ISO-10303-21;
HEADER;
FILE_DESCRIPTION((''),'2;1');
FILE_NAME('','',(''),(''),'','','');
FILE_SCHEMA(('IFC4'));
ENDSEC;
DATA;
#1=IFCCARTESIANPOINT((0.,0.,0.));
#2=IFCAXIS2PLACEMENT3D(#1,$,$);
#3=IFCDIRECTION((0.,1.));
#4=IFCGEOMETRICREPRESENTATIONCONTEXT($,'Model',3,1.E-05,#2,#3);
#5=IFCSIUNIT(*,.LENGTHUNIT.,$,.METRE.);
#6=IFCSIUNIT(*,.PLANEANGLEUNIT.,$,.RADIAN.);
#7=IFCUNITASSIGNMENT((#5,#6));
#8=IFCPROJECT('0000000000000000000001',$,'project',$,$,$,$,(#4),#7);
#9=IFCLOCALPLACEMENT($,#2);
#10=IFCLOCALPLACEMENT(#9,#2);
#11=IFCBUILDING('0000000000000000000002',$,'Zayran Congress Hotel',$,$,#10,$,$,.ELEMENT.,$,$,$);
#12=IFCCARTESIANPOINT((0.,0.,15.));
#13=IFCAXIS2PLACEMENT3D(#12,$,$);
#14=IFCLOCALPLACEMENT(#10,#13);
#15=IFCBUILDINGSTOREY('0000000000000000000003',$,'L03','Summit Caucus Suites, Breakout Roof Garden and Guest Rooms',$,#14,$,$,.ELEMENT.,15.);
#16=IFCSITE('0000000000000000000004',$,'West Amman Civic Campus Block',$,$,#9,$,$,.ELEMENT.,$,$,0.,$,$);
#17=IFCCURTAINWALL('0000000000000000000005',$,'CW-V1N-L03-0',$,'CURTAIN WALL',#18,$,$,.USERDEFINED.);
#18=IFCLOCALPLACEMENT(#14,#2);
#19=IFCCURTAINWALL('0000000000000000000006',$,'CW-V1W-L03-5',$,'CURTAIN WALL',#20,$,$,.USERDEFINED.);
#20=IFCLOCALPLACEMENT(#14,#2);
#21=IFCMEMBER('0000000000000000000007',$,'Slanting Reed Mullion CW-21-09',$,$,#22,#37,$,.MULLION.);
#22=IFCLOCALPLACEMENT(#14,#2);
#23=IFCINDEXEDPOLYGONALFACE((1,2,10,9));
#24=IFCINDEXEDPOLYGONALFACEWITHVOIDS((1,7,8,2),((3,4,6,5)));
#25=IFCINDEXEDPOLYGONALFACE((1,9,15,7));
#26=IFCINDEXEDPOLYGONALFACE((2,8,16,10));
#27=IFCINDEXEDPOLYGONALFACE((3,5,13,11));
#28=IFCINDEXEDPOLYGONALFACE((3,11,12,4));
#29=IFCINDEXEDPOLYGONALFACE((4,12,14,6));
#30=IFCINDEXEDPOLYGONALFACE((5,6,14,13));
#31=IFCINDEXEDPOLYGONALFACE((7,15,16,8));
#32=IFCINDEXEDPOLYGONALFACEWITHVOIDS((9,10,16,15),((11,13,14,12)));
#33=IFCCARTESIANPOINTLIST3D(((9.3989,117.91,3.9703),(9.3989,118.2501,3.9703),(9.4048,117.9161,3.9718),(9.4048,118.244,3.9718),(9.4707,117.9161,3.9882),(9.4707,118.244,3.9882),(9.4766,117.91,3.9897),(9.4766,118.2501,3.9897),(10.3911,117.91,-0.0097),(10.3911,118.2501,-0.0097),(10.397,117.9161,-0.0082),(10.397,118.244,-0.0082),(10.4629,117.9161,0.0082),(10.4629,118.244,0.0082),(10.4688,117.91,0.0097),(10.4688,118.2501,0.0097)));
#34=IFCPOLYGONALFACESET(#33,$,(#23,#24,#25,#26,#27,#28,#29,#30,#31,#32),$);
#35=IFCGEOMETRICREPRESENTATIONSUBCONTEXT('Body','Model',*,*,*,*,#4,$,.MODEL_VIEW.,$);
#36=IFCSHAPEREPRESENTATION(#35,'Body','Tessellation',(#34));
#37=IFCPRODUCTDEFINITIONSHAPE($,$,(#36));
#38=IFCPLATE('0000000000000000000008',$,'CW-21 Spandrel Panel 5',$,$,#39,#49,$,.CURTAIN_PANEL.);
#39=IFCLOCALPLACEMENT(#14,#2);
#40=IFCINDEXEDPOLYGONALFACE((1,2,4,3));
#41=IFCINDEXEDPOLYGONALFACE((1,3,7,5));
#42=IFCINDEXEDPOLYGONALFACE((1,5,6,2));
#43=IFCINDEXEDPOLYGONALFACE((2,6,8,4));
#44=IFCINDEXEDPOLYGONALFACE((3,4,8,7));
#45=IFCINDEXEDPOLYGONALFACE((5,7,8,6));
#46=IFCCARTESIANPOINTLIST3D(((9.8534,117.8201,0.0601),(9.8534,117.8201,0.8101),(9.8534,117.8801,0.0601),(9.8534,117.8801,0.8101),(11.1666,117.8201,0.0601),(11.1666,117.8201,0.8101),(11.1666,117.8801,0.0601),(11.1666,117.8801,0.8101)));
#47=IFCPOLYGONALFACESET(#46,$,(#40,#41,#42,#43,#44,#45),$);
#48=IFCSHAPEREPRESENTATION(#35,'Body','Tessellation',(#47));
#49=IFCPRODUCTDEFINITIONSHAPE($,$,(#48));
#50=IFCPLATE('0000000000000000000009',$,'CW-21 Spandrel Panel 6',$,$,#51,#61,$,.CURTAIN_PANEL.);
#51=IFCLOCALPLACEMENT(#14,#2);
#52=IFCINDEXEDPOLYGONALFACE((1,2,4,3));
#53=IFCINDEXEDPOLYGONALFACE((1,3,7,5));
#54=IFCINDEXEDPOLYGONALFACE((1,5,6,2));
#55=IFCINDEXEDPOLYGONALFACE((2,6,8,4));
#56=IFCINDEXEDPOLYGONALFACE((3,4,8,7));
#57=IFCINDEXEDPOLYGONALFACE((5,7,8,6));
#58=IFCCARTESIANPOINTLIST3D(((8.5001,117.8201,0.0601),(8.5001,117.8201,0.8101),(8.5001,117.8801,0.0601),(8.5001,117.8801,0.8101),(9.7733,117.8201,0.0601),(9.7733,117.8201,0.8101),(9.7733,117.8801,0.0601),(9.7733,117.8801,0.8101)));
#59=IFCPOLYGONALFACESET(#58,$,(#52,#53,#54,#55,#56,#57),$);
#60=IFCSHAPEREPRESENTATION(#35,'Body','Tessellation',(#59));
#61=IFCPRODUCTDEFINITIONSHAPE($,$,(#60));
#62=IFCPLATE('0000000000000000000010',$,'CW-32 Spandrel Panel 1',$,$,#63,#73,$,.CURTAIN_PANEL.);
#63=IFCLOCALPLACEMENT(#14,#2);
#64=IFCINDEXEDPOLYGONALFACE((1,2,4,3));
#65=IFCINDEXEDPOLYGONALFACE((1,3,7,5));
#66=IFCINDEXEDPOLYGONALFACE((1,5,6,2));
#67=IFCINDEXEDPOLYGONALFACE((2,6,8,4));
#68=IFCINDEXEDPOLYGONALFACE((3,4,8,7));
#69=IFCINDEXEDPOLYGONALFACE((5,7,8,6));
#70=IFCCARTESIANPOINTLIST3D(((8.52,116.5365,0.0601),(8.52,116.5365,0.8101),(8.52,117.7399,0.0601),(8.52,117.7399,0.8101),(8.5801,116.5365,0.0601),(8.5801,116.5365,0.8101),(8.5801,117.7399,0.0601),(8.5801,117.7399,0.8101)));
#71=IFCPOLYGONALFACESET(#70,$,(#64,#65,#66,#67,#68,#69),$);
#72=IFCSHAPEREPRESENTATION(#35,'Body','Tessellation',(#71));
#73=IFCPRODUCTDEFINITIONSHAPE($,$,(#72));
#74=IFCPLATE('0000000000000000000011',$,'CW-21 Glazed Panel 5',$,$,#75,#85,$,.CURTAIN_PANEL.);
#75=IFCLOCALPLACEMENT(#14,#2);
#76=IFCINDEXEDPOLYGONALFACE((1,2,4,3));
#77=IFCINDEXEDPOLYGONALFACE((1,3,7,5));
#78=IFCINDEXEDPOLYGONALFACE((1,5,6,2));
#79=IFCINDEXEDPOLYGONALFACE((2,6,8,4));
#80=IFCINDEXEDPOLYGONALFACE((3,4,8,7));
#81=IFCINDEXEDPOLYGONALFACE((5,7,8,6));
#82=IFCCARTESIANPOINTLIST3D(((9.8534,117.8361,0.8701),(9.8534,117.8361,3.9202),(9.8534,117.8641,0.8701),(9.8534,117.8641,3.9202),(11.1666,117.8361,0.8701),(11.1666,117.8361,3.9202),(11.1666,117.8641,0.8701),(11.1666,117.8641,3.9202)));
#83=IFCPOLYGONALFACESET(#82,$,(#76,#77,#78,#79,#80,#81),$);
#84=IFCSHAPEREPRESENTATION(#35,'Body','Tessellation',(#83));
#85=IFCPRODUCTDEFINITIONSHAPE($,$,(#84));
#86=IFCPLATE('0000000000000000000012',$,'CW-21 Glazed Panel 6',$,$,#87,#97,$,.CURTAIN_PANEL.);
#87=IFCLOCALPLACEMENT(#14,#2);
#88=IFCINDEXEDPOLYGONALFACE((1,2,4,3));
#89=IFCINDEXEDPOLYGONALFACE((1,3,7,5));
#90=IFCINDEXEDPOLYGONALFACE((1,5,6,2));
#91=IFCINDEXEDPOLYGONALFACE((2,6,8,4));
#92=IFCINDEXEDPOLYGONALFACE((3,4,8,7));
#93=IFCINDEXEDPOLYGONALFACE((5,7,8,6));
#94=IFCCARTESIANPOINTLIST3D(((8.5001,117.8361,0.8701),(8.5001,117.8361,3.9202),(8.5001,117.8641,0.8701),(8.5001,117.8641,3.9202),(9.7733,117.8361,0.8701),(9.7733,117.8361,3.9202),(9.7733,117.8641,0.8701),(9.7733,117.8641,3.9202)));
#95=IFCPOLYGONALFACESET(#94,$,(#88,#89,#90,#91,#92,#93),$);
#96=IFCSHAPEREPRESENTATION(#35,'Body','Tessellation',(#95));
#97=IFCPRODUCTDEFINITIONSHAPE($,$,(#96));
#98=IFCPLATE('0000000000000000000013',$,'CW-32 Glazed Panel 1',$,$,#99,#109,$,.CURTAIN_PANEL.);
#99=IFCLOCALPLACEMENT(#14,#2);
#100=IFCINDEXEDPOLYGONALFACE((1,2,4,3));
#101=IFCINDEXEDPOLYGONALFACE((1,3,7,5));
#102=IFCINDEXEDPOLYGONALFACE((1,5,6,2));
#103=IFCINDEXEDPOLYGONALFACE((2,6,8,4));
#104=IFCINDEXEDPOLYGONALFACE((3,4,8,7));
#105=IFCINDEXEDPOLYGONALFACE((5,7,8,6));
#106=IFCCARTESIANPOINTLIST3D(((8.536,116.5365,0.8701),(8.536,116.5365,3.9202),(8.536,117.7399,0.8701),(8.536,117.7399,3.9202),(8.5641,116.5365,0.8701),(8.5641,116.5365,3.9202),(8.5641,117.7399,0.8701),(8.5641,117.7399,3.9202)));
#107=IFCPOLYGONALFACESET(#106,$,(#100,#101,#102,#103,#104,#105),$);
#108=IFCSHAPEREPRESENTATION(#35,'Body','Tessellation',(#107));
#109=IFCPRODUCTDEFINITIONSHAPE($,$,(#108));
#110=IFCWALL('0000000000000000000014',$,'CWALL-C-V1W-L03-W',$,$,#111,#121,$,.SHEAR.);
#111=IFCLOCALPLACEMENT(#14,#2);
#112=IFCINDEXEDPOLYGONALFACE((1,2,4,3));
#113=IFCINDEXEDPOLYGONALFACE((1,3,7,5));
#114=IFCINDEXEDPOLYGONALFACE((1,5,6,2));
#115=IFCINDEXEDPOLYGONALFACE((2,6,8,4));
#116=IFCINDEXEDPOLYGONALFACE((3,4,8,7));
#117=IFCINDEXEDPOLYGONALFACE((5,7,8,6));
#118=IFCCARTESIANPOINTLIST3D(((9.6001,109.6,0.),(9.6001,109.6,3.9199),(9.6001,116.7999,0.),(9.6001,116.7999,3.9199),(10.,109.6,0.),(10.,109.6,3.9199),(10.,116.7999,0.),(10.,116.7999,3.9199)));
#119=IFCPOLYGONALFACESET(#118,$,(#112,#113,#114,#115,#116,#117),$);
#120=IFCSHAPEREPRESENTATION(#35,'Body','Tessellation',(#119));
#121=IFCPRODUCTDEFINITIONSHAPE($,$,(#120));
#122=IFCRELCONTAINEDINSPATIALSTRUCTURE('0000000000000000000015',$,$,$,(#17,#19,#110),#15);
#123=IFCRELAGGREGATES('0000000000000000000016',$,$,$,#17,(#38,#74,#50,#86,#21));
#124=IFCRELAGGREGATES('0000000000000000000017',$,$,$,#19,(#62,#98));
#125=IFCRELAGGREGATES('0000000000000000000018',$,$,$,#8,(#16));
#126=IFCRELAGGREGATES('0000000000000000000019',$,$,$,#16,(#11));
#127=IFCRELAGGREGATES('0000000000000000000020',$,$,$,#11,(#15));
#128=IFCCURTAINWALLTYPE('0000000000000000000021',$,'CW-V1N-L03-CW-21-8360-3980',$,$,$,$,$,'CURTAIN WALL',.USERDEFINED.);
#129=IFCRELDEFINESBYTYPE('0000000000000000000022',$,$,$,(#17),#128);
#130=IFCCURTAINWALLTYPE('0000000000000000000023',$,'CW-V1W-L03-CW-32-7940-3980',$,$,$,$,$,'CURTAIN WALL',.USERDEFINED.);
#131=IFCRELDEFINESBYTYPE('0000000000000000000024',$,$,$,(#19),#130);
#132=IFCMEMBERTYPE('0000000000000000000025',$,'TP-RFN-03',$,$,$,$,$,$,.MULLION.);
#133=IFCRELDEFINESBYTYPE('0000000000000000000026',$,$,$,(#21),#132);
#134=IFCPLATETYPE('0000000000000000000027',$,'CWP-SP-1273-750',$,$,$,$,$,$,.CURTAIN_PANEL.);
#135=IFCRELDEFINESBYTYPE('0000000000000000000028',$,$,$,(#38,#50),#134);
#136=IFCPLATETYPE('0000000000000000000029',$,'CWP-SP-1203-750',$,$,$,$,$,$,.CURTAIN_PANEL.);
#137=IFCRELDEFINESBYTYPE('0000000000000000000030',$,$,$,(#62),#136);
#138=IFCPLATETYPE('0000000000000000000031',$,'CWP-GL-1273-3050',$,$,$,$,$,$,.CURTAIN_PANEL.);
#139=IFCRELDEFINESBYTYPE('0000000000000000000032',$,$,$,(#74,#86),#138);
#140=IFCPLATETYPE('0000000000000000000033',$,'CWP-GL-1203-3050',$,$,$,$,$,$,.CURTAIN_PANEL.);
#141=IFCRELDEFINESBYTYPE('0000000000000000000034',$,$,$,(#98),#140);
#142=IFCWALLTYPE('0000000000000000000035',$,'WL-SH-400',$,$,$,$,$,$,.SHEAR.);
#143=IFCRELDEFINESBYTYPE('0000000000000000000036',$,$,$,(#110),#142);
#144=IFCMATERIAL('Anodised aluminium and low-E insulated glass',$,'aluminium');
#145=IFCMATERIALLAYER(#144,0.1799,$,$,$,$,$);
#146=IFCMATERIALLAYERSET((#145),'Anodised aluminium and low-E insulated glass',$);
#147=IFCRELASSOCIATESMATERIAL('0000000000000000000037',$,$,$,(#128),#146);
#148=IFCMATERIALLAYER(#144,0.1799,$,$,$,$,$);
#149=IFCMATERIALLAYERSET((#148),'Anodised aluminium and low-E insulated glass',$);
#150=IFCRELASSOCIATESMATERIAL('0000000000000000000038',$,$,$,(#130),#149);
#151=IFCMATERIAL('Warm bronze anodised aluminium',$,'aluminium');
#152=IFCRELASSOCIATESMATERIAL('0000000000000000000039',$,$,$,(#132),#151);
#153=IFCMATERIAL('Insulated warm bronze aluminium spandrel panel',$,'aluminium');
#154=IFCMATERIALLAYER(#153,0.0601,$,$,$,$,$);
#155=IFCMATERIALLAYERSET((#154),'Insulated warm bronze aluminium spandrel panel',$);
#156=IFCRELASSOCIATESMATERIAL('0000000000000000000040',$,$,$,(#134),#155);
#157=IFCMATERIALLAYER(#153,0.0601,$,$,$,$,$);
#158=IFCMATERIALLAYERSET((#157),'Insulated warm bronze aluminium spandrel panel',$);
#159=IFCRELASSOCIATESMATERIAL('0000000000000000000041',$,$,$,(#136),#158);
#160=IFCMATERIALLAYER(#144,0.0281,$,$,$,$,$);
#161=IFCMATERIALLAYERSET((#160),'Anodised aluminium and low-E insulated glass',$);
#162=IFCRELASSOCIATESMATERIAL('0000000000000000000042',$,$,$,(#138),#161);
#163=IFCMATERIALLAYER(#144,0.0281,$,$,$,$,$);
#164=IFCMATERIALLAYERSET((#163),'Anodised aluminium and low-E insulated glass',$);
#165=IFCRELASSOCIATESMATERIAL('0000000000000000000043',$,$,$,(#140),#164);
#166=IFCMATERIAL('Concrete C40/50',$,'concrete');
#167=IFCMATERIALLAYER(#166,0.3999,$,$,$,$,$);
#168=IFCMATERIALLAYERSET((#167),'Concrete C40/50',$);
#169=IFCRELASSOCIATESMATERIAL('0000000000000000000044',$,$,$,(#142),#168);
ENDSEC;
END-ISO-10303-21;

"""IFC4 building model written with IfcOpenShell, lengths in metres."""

from ifc_helpers import new_model, si_unit, direction, frame, frame_2d, origin, origin_2d, place, context, subcontext, project, spatial, rectangle, hollow_rectangle, extrude, material, layer, layer_set, material_profile, profile_set, type_object, element, aggregate, save


model = new_model("IFC4")

# Units and contexts
model_context = context("Model", 3, precision=1e-05, world=origin(), true_north=direction((0.0, 1.0)))
body_context = subcontext(model_context, "Body", "Model", "MODEL_VIEW")
ifc_project = project(units=[si_unit("LENGTHUNIT", "METRE"), si_unit("PLANEANGLEUNIT", "RADIAN")], contexts=[model_context])

# Site, building, storey
site_placement = place(None, origin())
site = spatial("IfcSite", under=ifc_project, at=site_placement, Name="West Amman Civic Campus Block", CompositionType="ELEMENT", RefElevation=0.0)
building_placement = place(site_placement, origin())
building = spatial("IfcBuilding", under=site, at=building_placement, Name="Zayran Congress Hotel", CompositionType="ELEMENT")
storey_placement = place(building_placement, frame((0.0, 0.0, 15.0)))
storey = spatial("IfcBuildingStorey", under=building, at=storey_placement, Name="L03", Description="Summit Caucus Suites, Breakout Roof Garden and Guest Rooms", CompositionType="ELEMENT", Elevation=15.0)

# Curtain walls
ifc_material_1 = material(Name="Anodised aluminium and low-E insulated glass", Category="aluminium")
ifc_layer_1 = layer(ifc_material_1, 0.1799)
ifc_layer_set_1 = layer_set([ifc_layer_1], Name="Anodised aluminium and low-E insulated glass")
curtain_wall_type_1 = type_object("IfcCurtainWallType", Name="CW-V1N-L03-CW-21-8360-3980", ElementType="CURTAIN WALL", PredefinedType="USERDEFINED", material=ifc_layer_set_1)
curtain_wall_1_placement = place(storey_placement, origin())
curtain_wall_1 = element("IfcCurtainWall", 1, at=curtain_wall_1_placement, inside=storey, type_object=curtain_wall_type_1, Name="CW-V1N-L03-0", ObjectType="CURTAIN WALL", PredefinedType="USERDEFINED")
ifc_layer_2 = layer(ifc_material_1, 0.1799)
ifc_layer_set_2 = layer_set([ifc_layer_2], Name="Anodised aluminium and low-E insulated glass")
curtain_wall_type_2 = type_object("IfcCurtainWallType", Name="CW-V1W-L03-CW-32-7940-3980", ElementType="CURTAIN WALL", PredefinedType="USERDEFINED", material=ifc_layer_set_2)
curtain_wall_2_placement = place(storey_placement, origin())
curtain_wall_2 = element("IfcCurtainWall", 2, at=curtain_wall_2_placement, inside=storey, type_object=curtain_wall_type_2, Name="CW-V1W-L03-5", ObjectType="CURTAIN WALL", PredefinedType="USERDEFINED")

# Member
ifc_material_2 = material(Name="Warm bronze anodised aluminium", Category="aluminium")
ifc_material_profile_1 = material_profile(ifc_material_2, hollow_rectangle(XDim=0.0801, YDim=0.3401, WallThickness=0.0061, at=origin_2d()), Name="RHS 340x80x6")
ifc_profile_set_1 = profile_set([ifc_material_profile_1], Name="Warm bronze anodised aluminium")
member_type_1 = type_object("IfcMemberType", Name="TP-RFN-03", PredefinedType="MULLION", material=ifc_profile_set_1)
member_1_placement = place(storey_placement, frame((10.4299, 118.0801, 0.0), z_axis=(-0.241891, 0.0, 0.970303), x_axis=(0.970303, 0.0, 0.241891)))
member_1 = element("IfcMember", 3, at=member_1_placement, type_object=member_type_1, Name="Slanting Reed Mullion CW-21-09", PredefinedType="MULLION", context=body_context, shape_type="SweptSolid", body=[
    extrude(hollow_rectangle(XDim=0.0801, YDim=0.3401, WallThickness=0.0061, at=origin_2d()), origin(), (0.0, 0.0, 1.0), 4.1018),
])

# Plates
ifc_material_3 = material(Name="Insulated warm bronze aluminium spandrel panel", Category="aluminium")
ifc_layer_3 = layer(ifc_material_3, 0.0601)
ifc_layer_set_3 = layer_set([ifc_layer_3], Name="Insulated warm bronze aluminium spandrel panel")
plate_type_1 = type_object("IfcPlateType", Name="CWP-SP-1273-750", PredefinedType="CURTAIN_PANEL", material=ifc_layer_set_3)
plate_1_placement = place(storey_placement, frame((10.51, 117.8501, 0.0601), z_axis=(0.0, 0.0, 1.0), x_axis=(1.0, 0.0, 0.0)))
plate_1 = element("IfcPlate", 4, at=plate_1_placement, type_object=plate_type_1, Name="CW-21 Spandrel Panel 5", PredefinedType="CURTAIN_PANEL", context=body_context, shape_type="SweptSolid", body=[
    extrude(rectangle(XDim=1.3132, YDim=0.0601, at=origin_2d()), origin(), (0.0, 0.0, 1.0), 0.75),
])
plate_2_placement = place(storey_placement, frame((9.1367, 117.8501, 0.0601), z_axis=(0.0, 0.0, 1.0), x_axis=(1.0, 0.0, 0.0)))
plate_2 = element("IfcPlate", 5, at=plate_2_placement, type_object=plate_type_1, Name="CW-21 Spandrel Panel 6", PredefinedType="CURTAIN_PANEL", context=body_context, shape_type="SweptSolid", body=[
    extrude(rectangle(XDim=1.2732, YDim=0.0601, at=origin_2d()), origin(), (0.0, 0.0, 1.0), 0.75),
])
ifc_layer_4 = layer(ifc_material_3, 0.0601)
ifc_layer_set_4 = layer_set([ifc_layer_4], Name="Insulated warm bronze aluminium spandrel panel")
plate_type_2 = type_object("IfcPlateType", Name="CWP-SP-1203-750", PredefinedType="CURTAIN_PANEL", material=ifc_layer_set_4)
plate_3_placement = place(storey_placement, frame((8.55, 117.1382, 0.0601), z_axis=(0.0, 0.0, 1.0), x_axis=(0.0, 1.0, 0.0)))
plate_3 = element("IfcPlate", 6, at=plate_3_placement, type_object=plate_type_2, Name="CW-32 Spandrel Panel 1", PredefinedType="CURTAIN_PANEL", context=body_context, shape_type="SweptSolid", body=[
    extrude(rectangle(XDim=1.2034, YDim=0.0601, at=origin_2d()), origin(), (0.0, 0.0, 1.0), 0.75),
])
ifc_layer_5 = layer(ifc_material_1, 0.0281)
ifc_layer_set_5 = layer_set([ifc_layer_5], Name="Anodised aluminium and low-E insulated glass")
plate_type_3 = type_object("IfcPlateType", Name="CWP-GL-1273-3050", PredefinedType="CURTAIN_PANEL", material=ifc_layer_set_5)
plate_4_placement = place(storey_placement, frame((10.51, 117.8501, 0.8701), z_axis=(0.0, 0.0, 1.0), x_axis=(1.0, 0.0, 0.0)))
plate_4 = element("IfcPlate", 7, at=plate_4_placement, type_object=plate_type_3, Name="CW-21 Glazed Panel 5", PredefinedType="CURTAIN_PANEL", context=body_context, shape_type="SweptSolid", body=[
    extrude(rectangle(XDim=1.3132, YDim=0.0281, at=origin_2d()), origin(), (0.0, 0.0, 1.0), 3.05),
])
plate_5_placement = place(storey_placement, frame((9.1367, 117.8501, 0.8701), z_axis=(0.0, 0.0, 1.0), x_axis=(1.0, 0.0, 0.0)))
plate_5 = element("IfcPlate", 8, at=plate_5_placement, type_object=plate_type_3, Name="CW-21 Glazed Panel 6", PredefinedType="CURTAIN_PANEL", context=body_context, shape_type="SweptSolid", body=[
    extrude(rectangle(XDim=1.2732, YDim=0.0281, at=origin_2d()), origin(), (0.0, 0.0, 1.0), 3.05),
])
aggregate(curtain_wall_1, [plate_1, plate_4, plate_2, plate_5, member_1])
ifc_layer_6 = layer(ifc_material_1, 0.0281)
ifc_layer_set_6 = layer_set([ifc_layer_6], Name="Anodised aluminium and low-E insulated glass")
plate_type_4 = type_object("IfcPlateType", Name="CWP-GL-1203-3050", PredefinedType="CURTAIN_PANEL", material=ifc_layer_set_6)
plate_6_placement = place(storey_placement, frame((8.55, 117.1382, 0.8701), z_axis=(0.0, 0.0, 1.0), x_axis=(0.0, 1.0, 0.0)))
plate_6 = element("IfcPlate", 9, at=plate_6_placement, type_object=plate_type_4, Name="CW-32 Glazed Panel 1", PredefinedType="CURTAIN_PANEL", context=body_context, shape_type="SweptSolid", body=[
    extrude(rectangle(XDim=1.2034, YDim=0.0281, at=origin_2d()), origin(), (0.0, 0.0, 1.0), 3.05),
])
aggregate(curtain_wall_2, [plate_3, plate_6])

# Wall
ifc_material_4 = material(Name="Concrete C40/50", Category="concrete")
ifc_layer_7 = layer(ifc_material_4, 0.3999)
ifc_layer_set_7 = layer_set([ifc_layer_7], Name="Concrete C40/50")
wall_type = type_object("IfcWallType", Name="WL-SH-400", PredefinedType="SHEAR", material=ifc_layer_set_7)
wall_placement = place(storey_placement, frame((9.8, 116.8, 0.0), z_axis=(0.0, 0.0, 1.0), x_axis=(0.0, -1.0, 0.0)))
element("IfcWall", 10, at=wall_placement, inside=storey, type_object=wall_type, Name="CWALL-C-V1W-L03-W", PredefinedType="SHEAR", context=body_context, shape_type="SweptSolid", body=[
    extrude(rectangle(XDim=7.2, YDim=0.3999, at=frame_2d((3.6001, 0.0))), origin(), (0.0, 0.0, 1.0), 3.9199),
])

save(model, "model.ifc")
